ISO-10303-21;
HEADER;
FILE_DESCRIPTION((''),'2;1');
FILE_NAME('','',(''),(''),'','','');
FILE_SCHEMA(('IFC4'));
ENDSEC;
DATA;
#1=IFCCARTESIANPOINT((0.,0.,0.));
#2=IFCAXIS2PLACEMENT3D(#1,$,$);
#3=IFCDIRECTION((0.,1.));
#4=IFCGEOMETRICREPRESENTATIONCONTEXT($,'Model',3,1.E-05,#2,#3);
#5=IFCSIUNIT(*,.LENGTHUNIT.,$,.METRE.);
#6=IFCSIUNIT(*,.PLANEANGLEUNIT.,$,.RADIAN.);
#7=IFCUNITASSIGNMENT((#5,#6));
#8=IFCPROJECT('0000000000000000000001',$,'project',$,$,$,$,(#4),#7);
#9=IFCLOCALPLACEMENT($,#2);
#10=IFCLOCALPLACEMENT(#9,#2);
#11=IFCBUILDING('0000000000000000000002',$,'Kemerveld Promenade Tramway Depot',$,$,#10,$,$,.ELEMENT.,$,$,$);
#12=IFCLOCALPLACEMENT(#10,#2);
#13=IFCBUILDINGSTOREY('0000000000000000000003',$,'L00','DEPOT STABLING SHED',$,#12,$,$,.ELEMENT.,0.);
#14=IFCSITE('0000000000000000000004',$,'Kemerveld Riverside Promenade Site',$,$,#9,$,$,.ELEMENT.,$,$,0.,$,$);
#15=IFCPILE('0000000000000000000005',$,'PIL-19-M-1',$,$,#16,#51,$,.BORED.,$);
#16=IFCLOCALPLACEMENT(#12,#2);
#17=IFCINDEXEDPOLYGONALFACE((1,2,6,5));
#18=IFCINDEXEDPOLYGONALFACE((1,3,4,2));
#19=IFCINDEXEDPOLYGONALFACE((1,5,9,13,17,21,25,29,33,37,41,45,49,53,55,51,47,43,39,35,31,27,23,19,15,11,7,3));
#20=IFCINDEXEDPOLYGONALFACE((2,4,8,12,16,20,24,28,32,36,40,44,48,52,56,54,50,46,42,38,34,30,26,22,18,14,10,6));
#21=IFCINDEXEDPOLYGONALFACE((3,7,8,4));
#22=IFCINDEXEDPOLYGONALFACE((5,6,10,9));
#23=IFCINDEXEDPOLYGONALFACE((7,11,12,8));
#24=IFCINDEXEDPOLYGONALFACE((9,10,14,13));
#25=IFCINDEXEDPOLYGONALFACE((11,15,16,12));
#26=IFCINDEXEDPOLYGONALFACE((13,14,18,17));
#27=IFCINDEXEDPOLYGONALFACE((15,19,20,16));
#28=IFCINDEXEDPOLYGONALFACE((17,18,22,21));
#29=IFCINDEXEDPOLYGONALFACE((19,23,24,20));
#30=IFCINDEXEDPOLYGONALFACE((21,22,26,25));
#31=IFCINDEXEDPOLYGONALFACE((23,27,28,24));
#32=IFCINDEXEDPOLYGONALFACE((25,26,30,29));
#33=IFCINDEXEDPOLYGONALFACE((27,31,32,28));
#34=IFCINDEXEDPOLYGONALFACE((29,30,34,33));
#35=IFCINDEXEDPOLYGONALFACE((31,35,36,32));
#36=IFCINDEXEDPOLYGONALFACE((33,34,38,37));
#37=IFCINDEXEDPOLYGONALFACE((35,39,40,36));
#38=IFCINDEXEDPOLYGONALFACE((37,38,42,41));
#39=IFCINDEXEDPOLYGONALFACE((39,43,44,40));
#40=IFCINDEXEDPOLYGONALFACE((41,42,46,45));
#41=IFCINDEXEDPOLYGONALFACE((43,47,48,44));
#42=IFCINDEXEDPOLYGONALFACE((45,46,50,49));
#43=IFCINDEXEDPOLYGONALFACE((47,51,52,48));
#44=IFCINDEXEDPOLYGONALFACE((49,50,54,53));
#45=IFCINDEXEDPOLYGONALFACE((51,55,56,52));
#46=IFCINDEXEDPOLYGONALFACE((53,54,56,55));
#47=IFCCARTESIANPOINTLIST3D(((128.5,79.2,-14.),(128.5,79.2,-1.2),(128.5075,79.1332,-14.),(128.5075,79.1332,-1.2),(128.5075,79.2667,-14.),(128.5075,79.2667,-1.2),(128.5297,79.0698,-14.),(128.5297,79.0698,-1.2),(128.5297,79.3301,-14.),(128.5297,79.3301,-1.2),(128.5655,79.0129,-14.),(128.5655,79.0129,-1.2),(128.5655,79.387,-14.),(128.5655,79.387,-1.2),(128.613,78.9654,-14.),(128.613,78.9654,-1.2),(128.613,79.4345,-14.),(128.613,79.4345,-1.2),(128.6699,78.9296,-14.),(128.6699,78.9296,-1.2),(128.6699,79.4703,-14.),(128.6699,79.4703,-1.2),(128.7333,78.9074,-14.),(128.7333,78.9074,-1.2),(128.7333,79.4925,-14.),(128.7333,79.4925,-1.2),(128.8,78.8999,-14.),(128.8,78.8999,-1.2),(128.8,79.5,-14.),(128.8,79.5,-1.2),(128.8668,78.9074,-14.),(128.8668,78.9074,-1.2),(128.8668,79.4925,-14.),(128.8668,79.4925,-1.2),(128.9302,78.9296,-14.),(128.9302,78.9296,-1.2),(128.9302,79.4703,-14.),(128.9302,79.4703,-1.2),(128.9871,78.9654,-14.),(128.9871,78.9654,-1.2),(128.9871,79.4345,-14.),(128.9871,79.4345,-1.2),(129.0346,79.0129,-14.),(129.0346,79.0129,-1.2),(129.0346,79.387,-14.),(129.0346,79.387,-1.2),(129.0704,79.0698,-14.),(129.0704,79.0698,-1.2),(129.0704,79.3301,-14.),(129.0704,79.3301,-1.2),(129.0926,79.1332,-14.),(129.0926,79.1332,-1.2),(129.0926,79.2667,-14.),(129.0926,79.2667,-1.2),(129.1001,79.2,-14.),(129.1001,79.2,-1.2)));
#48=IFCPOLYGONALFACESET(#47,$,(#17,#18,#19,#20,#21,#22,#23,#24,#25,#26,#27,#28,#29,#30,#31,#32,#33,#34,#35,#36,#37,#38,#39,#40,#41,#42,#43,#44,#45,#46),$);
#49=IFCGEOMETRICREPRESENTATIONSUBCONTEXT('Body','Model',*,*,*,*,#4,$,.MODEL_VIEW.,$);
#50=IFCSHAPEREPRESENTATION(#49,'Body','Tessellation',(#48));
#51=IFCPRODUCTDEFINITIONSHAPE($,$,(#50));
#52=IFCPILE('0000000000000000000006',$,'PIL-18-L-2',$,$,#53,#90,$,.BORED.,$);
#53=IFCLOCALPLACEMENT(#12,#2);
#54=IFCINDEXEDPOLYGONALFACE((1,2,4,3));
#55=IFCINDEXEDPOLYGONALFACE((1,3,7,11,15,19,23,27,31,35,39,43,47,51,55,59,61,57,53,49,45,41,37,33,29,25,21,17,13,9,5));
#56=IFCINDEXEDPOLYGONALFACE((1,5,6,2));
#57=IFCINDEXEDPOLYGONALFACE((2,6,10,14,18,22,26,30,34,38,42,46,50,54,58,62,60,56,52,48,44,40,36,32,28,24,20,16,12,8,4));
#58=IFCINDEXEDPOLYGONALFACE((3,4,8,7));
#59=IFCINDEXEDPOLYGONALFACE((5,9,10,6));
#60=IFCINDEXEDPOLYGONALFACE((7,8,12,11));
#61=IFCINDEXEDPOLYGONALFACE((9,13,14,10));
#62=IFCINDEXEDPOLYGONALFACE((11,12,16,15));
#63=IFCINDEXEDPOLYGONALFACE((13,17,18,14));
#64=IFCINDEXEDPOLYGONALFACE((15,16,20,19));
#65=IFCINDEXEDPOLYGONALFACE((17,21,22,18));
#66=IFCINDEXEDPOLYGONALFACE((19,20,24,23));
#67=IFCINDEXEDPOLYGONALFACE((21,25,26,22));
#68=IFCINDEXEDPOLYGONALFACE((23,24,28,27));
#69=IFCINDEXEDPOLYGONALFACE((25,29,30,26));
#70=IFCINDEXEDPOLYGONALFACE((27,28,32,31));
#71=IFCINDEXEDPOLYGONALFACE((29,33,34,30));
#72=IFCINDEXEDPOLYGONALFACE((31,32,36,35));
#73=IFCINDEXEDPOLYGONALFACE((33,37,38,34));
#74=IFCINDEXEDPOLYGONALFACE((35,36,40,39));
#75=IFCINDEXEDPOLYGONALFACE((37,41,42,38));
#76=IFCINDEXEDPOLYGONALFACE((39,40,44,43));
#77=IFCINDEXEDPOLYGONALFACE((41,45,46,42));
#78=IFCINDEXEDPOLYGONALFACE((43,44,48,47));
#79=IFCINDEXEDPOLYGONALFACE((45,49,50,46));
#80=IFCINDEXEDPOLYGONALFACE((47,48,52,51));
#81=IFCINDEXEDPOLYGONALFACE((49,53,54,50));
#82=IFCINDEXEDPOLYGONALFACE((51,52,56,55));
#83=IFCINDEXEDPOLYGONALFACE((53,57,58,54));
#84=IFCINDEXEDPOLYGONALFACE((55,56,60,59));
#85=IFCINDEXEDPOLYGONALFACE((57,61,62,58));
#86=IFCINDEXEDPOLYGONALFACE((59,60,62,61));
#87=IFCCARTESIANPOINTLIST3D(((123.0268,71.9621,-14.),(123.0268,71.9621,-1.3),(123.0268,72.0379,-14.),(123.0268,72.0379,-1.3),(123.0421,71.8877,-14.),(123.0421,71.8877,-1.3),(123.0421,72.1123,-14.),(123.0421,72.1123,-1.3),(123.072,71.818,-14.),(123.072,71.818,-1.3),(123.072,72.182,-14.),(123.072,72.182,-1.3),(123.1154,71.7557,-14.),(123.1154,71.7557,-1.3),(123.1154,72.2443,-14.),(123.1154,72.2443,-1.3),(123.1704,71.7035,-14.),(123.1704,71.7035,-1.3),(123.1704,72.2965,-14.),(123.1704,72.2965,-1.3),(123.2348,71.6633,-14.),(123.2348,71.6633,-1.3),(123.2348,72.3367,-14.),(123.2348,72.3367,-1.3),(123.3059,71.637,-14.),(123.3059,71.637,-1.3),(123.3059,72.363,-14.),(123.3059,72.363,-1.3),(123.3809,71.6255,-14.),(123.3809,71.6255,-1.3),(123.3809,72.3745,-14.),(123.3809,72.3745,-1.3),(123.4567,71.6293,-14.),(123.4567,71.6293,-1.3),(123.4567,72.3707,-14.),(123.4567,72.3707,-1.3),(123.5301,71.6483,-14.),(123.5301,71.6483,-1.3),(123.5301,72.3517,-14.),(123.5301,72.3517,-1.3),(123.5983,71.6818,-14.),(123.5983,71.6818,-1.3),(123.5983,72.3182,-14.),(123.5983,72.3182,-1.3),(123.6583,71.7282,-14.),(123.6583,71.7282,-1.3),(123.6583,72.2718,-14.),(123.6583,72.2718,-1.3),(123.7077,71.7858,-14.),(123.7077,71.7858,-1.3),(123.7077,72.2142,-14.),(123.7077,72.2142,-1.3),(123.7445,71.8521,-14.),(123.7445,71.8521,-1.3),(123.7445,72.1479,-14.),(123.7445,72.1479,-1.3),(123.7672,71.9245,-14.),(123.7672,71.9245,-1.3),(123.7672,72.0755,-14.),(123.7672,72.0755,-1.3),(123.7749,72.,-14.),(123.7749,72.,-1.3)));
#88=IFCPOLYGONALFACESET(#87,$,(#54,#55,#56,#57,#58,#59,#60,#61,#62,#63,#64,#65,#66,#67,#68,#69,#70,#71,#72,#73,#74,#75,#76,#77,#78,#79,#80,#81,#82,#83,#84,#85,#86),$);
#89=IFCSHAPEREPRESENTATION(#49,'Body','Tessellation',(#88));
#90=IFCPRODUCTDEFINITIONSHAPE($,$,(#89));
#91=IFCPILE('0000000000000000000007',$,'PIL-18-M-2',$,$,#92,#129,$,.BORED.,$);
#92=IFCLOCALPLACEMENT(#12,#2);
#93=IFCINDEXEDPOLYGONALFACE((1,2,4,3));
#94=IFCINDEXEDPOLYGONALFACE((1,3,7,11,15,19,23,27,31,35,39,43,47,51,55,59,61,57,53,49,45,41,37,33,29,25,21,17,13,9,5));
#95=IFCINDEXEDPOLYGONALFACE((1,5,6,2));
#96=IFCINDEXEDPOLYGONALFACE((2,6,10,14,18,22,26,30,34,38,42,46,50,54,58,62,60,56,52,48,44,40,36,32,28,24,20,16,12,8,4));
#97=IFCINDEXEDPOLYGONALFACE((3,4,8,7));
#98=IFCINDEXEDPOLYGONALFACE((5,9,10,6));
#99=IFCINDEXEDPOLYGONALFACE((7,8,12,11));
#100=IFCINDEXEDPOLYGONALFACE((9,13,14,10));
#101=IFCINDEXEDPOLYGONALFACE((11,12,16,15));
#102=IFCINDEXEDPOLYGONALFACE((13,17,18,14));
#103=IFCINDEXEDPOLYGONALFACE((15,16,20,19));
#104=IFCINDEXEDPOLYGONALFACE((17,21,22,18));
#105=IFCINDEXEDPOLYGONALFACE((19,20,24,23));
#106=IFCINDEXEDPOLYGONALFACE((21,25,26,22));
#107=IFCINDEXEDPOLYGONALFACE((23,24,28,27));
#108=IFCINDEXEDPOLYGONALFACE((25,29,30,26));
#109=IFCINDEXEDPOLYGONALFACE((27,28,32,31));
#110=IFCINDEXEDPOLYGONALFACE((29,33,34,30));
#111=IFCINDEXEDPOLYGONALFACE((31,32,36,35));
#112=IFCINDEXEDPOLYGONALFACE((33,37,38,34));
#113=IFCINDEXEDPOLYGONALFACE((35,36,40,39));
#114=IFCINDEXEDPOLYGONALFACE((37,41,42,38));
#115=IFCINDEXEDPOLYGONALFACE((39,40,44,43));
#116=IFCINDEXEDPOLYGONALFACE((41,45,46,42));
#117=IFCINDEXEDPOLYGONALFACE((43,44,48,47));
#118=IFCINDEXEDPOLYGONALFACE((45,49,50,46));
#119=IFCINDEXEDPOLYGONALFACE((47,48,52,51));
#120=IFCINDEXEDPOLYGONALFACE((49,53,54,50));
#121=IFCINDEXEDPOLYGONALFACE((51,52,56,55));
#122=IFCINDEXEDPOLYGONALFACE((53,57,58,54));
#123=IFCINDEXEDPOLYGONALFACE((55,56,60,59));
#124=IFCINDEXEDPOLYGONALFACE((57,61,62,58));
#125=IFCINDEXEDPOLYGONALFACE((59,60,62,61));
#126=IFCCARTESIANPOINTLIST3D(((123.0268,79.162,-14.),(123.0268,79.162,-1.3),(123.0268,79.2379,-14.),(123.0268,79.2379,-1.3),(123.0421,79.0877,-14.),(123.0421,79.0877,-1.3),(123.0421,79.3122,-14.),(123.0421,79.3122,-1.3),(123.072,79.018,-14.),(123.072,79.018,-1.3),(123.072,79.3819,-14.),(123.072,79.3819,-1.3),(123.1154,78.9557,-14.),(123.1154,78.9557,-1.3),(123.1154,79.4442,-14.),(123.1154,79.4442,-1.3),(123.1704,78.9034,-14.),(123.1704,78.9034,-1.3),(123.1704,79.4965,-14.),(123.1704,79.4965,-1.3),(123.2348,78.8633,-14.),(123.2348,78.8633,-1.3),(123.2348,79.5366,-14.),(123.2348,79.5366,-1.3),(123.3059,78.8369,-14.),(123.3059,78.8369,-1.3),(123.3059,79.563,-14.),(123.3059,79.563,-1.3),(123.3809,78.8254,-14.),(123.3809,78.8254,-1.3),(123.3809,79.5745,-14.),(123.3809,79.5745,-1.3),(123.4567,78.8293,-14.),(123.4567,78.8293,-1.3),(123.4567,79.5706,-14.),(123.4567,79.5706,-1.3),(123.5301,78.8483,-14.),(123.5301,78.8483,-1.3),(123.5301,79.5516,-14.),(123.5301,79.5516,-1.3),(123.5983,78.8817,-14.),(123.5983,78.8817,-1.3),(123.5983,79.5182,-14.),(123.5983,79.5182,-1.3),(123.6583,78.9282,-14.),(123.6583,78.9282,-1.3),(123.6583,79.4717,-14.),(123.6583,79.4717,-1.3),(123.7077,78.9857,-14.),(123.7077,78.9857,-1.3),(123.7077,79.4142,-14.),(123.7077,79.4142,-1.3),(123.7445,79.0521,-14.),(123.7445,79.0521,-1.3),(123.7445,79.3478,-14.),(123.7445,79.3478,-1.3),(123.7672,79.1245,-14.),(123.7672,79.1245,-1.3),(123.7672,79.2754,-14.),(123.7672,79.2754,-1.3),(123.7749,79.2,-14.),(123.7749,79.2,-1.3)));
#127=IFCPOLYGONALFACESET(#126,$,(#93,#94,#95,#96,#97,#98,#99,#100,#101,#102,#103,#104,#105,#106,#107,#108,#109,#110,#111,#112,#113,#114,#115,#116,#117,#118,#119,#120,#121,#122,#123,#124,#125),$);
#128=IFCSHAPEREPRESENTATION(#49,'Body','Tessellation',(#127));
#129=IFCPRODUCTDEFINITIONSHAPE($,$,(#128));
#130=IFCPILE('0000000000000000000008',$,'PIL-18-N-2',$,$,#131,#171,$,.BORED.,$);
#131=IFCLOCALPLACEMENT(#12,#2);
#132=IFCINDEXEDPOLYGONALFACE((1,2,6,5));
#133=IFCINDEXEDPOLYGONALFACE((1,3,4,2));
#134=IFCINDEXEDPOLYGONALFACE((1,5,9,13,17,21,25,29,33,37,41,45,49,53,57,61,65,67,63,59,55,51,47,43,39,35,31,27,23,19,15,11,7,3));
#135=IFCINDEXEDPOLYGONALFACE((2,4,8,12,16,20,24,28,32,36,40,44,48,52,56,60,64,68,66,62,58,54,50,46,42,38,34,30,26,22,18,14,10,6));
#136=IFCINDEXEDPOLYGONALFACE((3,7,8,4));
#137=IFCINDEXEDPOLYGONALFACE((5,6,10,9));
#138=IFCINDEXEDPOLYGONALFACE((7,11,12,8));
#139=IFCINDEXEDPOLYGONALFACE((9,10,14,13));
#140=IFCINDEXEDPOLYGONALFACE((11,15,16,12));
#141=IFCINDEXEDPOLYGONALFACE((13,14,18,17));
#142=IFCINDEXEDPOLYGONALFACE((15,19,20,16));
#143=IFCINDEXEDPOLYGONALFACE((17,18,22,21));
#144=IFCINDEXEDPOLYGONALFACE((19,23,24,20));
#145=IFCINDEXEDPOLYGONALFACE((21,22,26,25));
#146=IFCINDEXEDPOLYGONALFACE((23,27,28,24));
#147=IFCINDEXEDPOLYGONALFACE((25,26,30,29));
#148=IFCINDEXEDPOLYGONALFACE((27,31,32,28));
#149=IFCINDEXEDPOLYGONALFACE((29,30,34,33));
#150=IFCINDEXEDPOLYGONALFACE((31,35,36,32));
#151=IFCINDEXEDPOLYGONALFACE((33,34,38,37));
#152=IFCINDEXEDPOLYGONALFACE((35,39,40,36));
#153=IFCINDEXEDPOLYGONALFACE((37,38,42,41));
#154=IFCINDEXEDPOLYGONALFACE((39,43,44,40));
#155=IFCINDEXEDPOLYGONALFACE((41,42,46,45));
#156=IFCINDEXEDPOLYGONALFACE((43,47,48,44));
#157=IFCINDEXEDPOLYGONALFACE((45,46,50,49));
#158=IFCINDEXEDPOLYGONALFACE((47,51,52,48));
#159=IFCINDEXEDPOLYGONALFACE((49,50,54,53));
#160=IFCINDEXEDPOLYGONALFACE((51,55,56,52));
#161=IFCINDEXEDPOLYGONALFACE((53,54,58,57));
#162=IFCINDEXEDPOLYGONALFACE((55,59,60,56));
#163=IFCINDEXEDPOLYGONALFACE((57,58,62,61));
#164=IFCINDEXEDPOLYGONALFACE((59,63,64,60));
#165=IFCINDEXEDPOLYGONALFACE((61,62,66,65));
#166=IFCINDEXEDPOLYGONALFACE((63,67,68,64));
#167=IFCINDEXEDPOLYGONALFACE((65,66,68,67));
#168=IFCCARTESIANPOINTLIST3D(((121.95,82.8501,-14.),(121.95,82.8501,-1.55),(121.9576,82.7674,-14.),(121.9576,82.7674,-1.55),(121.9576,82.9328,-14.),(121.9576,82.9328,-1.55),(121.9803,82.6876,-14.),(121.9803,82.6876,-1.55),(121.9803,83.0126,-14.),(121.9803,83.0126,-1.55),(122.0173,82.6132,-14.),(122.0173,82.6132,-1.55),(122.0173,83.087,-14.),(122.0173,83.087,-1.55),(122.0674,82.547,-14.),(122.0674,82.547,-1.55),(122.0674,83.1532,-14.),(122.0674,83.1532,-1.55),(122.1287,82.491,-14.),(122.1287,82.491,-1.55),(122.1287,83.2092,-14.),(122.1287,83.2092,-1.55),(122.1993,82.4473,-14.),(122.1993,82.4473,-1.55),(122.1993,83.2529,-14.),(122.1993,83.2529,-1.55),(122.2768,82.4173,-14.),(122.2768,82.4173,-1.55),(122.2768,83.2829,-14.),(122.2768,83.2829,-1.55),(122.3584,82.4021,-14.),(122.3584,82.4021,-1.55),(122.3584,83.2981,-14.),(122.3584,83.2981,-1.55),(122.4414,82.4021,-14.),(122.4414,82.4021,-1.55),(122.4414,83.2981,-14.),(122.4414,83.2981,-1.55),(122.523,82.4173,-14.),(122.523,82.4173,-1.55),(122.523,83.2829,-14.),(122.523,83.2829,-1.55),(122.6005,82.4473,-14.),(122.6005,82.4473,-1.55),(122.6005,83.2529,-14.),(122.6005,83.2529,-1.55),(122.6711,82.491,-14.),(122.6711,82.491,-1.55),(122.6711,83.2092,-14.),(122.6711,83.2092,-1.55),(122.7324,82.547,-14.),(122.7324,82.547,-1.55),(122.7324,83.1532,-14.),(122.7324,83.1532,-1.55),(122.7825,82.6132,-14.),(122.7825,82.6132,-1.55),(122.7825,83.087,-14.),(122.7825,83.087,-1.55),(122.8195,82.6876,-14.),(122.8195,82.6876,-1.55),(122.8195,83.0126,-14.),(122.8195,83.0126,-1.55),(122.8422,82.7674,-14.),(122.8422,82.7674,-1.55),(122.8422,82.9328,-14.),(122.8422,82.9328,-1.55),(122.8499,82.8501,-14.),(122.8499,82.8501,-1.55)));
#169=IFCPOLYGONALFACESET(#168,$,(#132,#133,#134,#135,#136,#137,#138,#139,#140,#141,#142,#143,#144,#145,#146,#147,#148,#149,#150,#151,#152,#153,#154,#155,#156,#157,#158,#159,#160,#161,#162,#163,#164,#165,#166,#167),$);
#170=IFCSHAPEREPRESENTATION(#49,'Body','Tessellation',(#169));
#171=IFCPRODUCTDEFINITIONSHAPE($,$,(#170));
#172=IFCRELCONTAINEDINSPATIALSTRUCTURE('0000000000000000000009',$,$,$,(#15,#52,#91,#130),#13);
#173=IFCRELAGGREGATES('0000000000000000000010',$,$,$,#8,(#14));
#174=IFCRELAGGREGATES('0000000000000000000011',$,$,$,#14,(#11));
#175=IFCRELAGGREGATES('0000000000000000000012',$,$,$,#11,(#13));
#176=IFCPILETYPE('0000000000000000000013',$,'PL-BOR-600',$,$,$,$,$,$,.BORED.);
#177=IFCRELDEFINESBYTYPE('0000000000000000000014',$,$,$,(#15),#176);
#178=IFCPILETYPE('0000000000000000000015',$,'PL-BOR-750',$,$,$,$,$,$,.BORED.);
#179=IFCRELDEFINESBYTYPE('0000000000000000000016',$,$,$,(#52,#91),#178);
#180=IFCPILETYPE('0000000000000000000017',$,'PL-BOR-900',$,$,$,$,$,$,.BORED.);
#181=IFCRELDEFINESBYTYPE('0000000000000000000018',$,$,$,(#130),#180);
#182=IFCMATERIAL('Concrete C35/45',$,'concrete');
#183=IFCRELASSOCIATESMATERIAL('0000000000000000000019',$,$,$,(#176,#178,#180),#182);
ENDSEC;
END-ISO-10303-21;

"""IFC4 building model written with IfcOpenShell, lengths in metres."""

from ifc_helpers import new_model, si_unit, direction, frame, origin, origin_2d, place, context, subcontext, project, spatial, circle, extrude, material, material_profile, profile_set, type_object, element, save


model = new_model("IFC4")

# Units and contexts
model_context = context("Model", 3, precision=1e-05, world=origin(), true_north=direction((0.0, 1.0)))
body_context = subcontext(model_context, "Body", "Model", "MODEL_VIEW")
ifc_project = project(units=[si_unit("LENGTHUNIT", "METRE"), si_unit("PLANEANGLEUNIT", "RADIAN")], contexts=[model_context])

# Site, building, storey
site_placement = place(None, origin())
site = spatial("IfcSite", under=ifc_project, at=site_placement, Name="Kemerveld Riverside Promenade Site", CompositionType="ELEMENT", RefElevation=0.0)
building_placement = place(site_placement, origin())
building = spatial("IfcBuilding", under=site, at=building_placement, Name="Kemerveld Promenade Tramway Depot", CompositionType="ELEMENT")
storey_placement = place(building_placement, origin())
storey = spatial("IfcBuildingStorey", under=building, at=storey_placement, Name="L00", Description="DEPOT STABLING SHED", CompositionType="ELEMENT", Elevation=0.0)

# Shared definitions
ifc_material_1 = material(Name="Concrete C35/45", Category="concrete")

# Piles
ifc_material_profile_1 = material_profile(ifc_material_1, circle(Radius=0.3, at=origin_2d()), Name="PILE-D600")
ifc_profile_set_1 = profile_set([ifc_material_profile_1], Name="Concrete C35/45")
pile_type_1 = type_object("IfcPileType", Name="PL-BOR-600", PredefinedType="BORED", material=ifc_profile_set_1)
for number, where, z_axis, x_axis, name in (
    (1, (128.8, 79.2, -1.2), (0.0, 0.0, -1.0), (1.0, 0.0, 0.0), "PIL-19-M-1"),
):
    element("IfcPile", number, at=place(storey_placement, frame(where, z_axis=z_axis, x_axis=x_axis)), inside=storey, type_object=pile_type_1, Name=name, PredefinedType="BORED", context=body_context, shape_type="SweptSolid", body=[
        extrude(circle(Radius=0.3, at=origin_2d()), origin(), (0.0, 0.0, 1.0), 12.8),
    ])
ifc_material_profile_2 = material_profile(ifc_material_1, circle(Radius=0.375, at=origin_2d()), Name="PILE-D750")
ifc_profile_set_2 = profile_set([ifc_material_profile_2], Name="Concrete C35/45")
pile_type_2 = type_object("IfcPileType", Name="PL-BOR-750", PredefinedType="BORED", material=ifc_profile_set_2)
for number, where, z_axis, x_axis, name in (
    (2, (123.3999, 72.0, -1.3), (0.0, 0.0, -1.0), (1.0, 0.0, 0.0), "PIL-18-L-2"),
    (3, (123.3999, 79.2, -1.3), (0.0, 0.0, -1.0), (1.0, 0.0, 0.0), "PIL-18-M-2"),
):
    element("IfcPile", number, at=place(storey_placement, frame(where, z_axis=z_axis, x_axis=x_axis)), inside=storey, type_object=pile_type_2, Name=name, PredefinedType="BORED", context=body_context, shape_type="SweptSolid", body=[
        extrude(circle(Radius=0.375, at=origin_2d()), origin(), (0.0, 0.0, 1.0), 12.7),
    ])
ifc_material_profile_3 = material_profile(ifc_material_1, circle(Radius=0.45, at=origin_2d()), Name="PILE-D900")
ifc_profile_set_3 = profile_set([ifc_material_profile_3], Name="Concrete C35/45")
pile_type_3 = type_object("IfcPileType", Name="PL-BOR-900", PredefinedType="BORED", material=ifc_profile_set_3)
for number, where, z_axis, x_axis, name in (
    (4, (122.3999, 82.8501, -1.55), (0.0, 0.0, -1.0), (1.0, 0.0, 0.0), "PIL-18-N-2"),
):
    element("IfcPile", number, at=place(storey_placement, frame(where, z_axis=z_axis, x_axis=x_axis)), inside=storey, type_object=pile_type_3, Name=name, PredefinedType="BORED", context=body_context, shape_type="SweptSolid", body=[
        extrude(circle(Radius=0.45, at=origin_2d()), origin(), (0.0, 0.0, 1.0), 12.45),
    ])

save(model, "model.ifc")
